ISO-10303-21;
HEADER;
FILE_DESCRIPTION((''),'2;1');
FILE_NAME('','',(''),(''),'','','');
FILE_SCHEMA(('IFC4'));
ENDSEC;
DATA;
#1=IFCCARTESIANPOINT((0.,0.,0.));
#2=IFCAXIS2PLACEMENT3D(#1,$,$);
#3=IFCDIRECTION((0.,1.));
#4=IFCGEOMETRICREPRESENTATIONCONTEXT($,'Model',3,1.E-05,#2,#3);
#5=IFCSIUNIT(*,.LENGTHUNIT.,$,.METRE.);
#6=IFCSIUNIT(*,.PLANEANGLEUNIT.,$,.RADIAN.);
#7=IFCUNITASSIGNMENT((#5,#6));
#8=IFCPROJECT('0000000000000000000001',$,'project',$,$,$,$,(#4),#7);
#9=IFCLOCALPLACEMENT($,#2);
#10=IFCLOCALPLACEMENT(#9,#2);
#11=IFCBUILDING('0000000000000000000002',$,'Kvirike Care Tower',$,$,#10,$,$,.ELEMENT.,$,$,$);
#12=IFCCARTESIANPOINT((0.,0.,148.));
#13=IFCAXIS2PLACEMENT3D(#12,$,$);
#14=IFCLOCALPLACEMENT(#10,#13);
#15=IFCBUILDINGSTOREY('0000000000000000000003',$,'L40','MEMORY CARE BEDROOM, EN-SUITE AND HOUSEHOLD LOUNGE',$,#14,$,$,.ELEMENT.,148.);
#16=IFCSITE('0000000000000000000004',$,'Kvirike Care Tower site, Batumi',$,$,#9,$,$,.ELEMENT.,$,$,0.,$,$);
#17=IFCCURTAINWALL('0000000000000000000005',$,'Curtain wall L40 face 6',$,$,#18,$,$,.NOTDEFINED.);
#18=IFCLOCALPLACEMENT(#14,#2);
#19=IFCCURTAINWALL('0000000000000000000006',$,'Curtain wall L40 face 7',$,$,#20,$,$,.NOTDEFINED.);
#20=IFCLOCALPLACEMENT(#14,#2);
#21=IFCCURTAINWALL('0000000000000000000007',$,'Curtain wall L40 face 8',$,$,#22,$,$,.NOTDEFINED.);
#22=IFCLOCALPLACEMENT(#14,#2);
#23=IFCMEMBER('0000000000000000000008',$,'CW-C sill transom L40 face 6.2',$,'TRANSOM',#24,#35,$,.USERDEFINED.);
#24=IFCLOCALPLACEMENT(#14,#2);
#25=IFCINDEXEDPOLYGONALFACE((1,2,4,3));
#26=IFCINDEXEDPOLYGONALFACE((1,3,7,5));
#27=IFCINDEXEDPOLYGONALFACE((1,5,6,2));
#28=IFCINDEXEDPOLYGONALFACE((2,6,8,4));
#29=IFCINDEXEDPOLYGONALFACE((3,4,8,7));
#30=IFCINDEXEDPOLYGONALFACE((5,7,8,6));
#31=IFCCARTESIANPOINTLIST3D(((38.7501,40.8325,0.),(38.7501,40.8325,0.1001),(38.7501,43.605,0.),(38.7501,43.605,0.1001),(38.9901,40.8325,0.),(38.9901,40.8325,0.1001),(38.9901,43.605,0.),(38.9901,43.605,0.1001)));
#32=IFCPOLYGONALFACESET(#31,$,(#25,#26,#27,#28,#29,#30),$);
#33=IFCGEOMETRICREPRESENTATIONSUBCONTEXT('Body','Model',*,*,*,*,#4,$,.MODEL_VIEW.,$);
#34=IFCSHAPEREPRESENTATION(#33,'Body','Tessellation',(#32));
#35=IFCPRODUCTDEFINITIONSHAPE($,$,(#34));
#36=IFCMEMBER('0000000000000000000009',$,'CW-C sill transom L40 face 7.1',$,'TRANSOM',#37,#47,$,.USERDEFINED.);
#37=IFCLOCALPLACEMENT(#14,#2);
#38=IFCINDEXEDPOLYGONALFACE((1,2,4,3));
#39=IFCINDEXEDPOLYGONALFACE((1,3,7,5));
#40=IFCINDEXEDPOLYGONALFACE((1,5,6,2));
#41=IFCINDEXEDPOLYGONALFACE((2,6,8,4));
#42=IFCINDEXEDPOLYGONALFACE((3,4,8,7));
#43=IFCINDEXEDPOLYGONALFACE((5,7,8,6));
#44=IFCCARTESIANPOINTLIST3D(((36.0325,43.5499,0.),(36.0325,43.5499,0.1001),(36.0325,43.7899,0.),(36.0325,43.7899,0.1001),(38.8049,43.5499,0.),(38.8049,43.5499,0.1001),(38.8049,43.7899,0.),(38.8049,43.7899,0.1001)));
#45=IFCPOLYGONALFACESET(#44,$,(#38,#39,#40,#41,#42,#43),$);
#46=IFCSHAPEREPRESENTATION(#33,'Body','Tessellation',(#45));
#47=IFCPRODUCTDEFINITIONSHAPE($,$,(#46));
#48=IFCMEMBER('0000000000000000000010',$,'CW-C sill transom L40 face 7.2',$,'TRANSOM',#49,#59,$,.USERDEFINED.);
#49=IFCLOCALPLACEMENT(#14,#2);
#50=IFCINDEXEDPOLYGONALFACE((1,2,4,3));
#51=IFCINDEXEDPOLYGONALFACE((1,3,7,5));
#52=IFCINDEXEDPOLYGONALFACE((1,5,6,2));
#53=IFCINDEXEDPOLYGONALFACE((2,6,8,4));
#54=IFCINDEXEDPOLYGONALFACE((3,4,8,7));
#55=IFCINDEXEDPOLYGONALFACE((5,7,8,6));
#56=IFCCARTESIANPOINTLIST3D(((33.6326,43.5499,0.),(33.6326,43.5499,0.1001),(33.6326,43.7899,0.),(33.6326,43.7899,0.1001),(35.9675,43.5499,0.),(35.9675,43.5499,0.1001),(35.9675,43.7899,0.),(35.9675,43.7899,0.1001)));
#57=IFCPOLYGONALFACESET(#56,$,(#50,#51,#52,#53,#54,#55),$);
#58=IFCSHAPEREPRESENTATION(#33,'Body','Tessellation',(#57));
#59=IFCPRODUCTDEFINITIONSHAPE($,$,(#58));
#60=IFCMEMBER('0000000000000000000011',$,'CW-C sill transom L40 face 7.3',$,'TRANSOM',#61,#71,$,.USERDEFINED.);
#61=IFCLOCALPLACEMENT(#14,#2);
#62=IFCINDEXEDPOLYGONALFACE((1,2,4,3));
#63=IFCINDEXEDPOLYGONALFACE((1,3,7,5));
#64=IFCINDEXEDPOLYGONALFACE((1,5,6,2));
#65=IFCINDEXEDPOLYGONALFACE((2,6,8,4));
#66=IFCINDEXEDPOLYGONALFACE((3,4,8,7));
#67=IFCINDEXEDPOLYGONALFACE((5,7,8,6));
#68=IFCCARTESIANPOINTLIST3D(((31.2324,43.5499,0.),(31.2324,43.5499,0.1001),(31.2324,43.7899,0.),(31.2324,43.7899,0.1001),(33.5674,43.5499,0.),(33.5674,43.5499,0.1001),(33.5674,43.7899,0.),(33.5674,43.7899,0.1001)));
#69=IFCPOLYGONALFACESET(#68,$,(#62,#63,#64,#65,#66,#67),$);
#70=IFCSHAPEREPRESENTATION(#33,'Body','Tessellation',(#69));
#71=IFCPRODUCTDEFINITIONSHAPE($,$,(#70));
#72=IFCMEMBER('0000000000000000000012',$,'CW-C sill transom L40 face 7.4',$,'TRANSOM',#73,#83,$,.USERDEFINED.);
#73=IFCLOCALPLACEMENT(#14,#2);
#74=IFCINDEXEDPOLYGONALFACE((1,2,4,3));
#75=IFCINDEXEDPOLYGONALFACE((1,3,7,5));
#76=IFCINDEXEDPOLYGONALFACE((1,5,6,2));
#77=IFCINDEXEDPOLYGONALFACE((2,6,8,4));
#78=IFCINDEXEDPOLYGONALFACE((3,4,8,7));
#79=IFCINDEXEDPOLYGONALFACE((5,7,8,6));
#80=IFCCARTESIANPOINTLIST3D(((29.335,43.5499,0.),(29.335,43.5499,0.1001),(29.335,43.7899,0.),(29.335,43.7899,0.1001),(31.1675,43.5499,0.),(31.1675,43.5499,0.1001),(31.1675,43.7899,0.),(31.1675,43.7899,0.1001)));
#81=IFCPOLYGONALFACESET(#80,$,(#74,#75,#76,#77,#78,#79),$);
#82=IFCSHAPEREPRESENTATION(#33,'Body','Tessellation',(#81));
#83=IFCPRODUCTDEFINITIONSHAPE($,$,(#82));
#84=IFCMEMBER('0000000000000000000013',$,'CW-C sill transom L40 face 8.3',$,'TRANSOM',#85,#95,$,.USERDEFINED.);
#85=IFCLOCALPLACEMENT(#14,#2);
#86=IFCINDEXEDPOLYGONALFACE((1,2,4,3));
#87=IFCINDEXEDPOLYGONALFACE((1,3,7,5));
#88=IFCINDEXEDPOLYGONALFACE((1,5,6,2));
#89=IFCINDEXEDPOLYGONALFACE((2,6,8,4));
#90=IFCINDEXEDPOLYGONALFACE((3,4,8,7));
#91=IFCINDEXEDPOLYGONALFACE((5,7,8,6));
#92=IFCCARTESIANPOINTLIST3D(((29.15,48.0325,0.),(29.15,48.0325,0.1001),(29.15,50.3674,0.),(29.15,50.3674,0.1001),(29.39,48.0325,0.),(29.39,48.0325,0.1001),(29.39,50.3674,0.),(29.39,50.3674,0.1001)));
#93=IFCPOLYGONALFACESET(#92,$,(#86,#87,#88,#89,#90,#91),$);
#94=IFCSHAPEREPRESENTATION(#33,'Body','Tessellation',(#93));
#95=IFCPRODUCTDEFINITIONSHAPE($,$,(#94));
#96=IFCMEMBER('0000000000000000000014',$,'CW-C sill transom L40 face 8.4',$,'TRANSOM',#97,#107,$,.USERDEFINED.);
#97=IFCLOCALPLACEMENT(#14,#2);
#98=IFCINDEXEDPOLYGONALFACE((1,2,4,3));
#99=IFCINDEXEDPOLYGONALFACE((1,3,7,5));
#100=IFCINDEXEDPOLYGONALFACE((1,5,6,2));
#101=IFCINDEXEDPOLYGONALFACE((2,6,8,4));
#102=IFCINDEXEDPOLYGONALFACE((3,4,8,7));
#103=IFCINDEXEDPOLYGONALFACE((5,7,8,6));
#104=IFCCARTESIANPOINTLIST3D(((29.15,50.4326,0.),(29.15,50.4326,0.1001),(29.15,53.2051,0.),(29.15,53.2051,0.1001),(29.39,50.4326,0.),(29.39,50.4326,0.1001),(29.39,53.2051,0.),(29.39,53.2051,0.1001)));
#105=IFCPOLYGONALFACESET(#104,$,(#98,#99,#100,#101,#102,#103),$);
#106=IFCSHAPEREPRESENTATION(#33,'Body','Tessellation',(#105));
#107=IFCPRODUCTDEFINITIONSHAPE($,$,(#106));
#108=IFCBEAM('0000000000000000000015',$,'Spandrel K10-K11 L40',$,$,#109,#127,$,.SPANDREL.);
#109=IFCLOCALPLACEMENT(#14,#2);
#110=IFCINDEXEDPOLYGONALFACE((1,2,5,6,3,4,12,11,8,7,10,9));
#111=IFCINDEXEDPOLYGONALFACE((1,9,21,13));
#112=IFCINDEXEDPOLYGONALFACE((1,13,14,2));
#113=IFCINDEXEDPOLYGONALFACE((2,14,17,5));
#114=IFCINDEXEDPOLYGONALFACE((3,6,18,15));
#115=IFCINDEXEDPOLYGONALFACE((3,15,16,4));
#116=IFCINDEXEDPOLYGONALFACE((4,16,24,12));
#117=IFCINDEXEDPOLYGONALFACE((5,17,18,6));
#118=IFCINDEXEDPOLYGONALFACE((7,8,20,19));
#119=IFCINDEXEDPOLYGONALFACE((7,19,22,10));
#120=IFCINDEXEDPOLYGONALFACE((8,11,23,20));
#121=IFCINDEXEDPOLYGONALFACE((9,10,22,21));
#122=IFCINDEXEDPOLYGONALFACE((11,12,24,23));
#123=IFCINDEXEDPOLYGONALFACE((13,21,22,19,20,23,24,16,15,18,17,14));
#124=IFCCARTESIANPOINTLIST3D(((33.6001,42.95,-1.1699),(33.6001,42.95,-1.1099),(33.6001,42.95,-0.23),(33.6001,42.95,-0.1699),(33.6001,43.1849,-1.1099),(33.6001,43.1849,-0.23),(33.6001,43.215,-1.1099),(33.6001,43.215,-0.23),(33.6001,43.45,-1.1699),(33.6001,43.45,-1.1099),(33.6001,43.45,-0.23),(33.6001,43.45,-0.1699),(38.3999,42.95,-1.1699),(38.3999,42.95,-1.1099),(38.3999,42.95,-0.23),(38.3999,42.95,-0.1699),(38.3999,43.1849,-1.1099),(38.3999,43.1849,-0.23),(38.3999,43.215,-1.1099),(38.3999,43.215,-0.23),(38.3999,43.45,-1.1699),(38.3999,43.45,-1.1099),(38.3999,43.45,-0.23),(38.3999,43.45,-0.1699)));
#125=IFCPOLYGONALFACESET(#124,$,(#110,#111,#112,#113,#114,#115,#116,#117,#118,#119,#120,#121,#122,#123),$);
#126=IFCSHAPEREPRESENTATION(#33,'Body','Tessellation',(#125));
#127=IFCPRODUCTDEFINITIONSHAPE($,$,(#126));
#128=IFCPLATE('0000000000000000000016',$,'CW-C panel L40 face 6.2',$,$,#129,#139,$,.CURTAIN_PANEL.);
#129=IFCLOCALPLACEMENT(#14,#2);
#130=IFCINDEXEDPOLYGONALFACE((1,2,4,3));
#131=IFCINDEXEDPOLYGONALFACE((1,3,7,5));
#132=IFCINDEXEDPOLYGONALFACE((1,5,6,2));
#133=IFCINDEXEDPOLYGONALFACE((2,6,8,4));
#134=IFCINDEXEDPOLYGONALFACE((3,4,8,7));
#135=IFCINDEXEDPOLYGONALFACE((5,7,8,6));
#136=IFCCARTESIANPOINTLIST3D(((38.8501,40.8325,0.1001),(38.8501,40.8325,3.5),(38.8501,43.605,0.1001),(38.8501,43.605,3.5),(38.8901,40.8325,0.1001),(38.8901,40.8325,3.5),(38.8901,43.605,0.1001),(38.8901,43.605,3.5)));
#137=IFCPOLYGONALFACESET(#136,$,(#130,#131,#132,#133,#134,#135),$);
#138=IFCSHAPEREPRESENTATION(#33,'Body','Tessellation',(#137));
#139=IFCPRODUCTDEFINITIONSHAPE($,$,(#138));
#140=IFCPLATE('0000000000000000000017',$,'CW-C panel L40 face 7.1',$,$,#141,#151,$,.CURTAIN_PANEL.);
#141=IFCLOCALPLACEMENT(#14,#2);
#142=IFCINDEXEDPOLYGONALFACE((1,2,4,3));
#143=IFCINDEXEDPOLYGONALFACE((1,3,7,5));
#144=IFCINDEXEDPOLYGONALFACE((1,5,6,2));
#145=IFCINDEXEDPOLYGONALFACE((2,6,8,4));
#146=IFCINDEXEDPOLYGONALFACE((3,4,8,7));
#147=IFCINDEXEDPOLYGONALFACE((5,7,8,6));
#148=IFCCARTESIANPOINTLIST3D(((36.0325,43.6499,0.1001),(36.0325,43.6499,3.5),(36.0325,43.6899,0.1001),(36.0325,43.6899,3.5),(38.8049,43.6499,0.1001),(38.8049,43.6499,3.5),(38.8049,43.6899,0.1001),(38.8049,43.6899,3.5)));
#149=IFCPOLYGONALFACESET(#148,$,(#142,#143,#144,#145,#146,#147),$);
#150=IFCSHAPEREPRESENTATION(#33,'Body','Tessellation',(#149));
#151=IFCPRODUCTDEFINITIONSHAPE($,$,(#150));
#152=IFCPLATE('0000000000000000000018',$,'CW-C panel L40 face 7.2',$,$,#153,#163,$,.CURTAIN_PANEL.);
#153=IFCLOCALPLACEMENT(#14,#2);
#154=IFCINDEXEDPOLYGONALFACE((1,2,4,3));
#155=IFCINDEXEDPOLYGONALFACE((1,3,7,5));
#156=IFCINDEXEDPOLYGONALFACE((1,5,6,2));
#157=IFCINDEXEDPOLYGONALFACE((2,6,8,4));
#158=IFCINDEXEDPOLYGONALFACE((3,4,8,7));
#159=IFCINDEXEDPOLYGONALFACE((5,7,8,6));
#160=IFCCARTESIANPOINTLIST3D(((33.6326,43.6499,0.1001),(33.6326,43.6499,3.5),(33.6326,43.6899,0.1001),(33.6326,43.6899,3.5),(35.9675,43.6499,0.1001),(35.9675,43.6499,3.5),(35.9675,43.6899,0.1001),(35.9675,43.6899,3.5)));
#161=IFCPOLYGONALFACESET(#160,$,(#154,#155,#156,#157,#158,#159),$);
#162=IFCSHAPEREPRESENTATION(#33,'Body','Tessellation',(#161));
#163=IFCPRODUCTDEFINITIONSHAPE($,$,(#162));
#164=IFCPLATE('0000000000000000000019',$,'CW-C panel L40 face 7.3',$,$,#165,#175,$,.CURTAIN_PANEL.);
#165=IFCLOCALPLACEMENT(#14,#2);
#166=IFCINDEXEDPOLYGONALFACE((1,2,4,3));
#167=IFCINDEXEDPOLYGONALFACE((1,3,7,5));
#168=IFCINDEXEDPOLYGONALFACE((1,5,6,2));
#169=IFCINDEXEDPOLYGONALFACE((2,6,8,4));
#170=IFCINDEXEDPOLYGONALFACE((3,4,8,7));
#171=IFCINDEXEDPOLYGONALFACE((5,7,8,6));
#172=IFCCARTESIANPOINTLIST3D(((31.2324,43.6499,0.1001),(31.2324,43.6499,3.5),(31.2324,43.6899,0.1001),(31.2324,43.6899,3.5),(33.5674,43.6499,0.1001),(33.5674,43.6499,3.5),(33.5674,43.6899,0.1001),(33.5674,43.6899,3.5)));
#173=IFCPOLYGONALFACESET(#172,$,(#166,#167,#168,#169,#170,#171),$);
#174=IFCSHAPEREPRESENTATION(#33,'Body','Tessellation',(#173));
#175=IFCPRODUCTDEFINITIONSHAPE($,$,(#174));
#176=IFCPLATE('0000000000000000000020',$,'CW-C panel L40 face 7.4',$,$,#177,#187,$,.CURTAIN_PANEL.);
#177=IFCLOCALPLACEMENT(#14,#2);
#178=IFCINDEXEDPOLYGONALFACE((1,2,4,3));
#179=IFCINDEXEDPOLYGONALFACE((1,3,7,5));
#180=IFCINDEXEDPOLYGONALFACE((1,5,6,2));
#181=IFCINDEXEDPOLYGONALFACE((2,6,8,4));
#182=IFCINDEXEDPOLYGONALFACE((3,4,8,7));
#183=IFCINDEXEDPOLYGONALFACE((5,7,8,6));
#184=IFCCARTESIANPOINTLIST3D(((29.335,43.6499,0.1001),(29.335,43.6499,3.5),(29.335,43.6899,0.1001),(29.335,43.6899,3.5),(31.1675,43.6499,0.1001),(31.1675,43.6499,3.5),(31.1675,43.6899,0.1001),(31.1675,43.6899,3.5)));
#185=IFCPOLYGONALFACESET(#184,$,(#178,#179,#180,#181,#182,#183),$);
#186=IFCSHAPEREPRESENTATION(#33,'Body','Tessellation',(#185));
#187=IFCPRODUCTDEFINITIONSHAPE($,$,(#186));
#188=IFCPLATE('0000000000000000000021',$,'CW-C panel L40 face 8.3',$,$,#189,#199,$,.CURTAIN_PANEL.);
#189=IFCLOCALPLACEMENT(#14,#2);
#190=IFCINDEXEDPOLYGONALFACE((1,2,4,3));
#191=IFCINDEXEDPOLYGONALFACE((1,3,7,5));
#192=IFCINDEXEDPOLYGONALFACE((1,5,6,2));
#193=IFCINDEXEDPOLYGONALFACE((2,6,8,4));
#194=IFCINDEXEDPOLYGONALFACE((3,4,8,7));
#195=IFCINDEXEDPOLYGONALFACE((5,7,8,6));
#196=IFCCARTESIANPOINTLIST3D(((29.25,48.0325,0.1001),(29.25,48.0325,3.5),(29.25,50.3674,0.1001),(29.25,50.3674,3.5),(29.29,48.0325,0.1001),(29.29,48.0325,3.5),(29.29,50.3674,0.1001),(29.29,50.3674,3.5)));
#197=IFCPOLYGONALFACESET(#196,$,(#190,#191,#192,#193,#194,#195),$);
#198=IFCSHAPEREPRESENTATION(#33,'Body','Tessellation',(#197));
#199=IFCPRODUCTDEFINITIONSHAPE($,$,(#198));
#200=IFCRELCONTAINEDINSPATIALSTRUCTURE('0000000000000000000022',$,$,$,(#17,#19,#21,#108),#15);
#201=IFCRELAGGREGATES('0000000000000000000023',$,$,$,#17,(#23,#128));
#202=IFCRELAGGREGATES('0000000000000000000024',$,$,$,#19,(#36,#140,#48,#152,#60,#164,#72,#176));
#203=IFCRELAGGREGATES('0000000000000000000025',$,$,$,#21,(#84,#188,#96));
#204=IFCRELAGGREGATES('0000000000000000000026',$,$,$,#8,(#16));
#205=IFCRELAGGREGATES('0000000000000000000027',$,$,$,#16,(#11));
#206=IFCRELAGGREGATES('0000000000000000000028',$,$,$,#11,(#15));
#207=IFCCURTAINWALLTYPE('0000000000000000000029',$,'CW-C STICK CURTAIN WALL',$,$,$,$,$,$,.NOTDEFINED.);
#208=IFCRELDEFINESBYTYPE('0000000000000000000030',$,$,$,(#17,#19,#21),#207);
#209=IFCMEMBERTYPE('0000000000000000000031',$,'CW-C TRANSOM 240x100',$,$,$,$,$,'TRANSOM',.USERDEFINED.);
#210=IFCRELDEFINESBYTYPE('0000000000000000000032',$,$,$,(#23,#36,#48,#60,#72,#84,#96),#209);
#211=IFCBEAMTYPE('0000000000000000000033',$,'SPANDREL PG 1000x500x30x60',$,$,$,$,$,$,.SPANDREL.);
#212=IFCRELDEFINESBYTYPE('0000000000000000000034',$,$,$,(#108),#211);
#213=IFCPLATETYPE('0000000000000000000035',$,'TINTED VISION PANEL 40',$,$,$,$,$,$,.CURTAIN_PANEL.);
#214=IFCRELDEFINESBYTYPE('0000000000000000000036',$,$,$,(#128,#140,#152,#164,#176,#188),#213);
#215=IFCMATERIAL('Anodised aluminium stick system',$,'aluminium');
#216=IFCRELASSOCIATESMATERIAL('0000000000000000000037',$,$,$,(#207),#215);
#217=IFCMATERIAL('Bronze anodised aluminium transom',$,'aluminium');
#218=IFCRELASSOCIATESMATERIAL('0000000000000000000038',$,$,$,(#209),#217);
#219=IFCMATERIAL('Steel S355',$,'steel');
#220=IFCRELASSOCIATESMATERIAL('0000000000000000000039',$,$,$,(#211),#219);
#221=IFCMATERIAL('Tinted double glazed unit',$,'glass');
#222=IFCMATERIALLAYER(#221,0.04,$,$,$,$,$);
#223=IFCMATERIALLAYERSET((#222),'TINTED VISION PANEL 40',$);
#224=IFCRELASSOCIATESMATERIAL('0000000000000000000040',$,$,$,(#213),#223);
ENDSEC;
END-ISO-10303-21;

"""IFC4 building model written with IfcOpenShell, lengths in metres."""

from ifc_helpers import new_model, si_unit, direction, frame, origin, origin_2d, place, context, subcontext, project, spatial, rectangle, i_section, extrude, material, layer, layer_set, material_profile, profile_set, type_object, element, aggregate, save


model = new_model("IFC4")

# Units and contexts
model_context = context("Model", 3, precision=1e-05, world=origin(), true_north=direction((0.0, 1.0)))
body_context = subcontext(model_context, "Body", "Model", "MODEL_VIEW")
ifc_project = project(units=[si_unit("LENGTHUNIT", "METRE"), si_unit("PLANEANGLEUNIT", "RADIAN")], contexts=[model_context])

# Site, building, storey
site_placement = place(None, origin())
site = spatial("IfcSite", under=ifc_project, at=site_placement, Name="Kvirike Care Tower site, Batumi", CompositionType="ELEMENT", RefElevation=0.0)
building_placement = place(site_placement, origin())
building = spatial("IfcBuilding", under=site, at=building_placement, Name="Kvirike Care Tower", CompositionType="ELEMENT")
storey_placement = place(building_placement, frame((0.0, 0.0, 148.0)))
storey = spatial("IfcBuildingStorey", under=building, at=storey_placement, Name="L40", Description="MEMORY CARE BEDROOM, EN-SUITE AND HOUSEHOLD LOUNGE", CompositionType="ELEMENT", Elevation=148.0)

# Curtain walls
ifc_material_1 = material(Name="Anodised aluminium stick system", Category="aluminium")
curtain_wall_type = type_object("IfcCurtainWallType", Name="CW-C STICK CURTAIN WALL", PredefinedType="NOTDEFINED", material=ifc_material_1)
curtain_wall_1_placement = place(storey_placement, origin())
curtain_wall_1 = element("IfcCurtainWall", 1, at=curtain_wall_1_placement, inside=storey, type_object=curtain_wall_type, Name="Curtain wall L40 face 6", PredefinedType="NOTDEFINED")
curtain_wall_2_placement = place(storey_placement, origin())
curtain_wall_2 = element("IfcCurtainWall", 2, at=curtain_wall_2_placement, inside=storey, type_object=curtain_wall_type, Name="Curtain wall L40 face 7", PredefinedType="NOTDEFINED")
curtain_wall_3_placement = place(storey_placement, origin())
curtain_wall_3 = element("IfcCurtainWall", 3, at=curtain_wall_3_placement, inside=storey, type_object=curtain_wall_type, Name="Curtain wall L40 face 8", PredefinedType="NOTDEFINED")

# Members
ifc_material_2 = material(Name="Bronze anodised aluminium transom", Category="aluminium")
ifc_material_profile_1 = material_profile(ifc_material_2, rectangle(XDim=0.24, YDim=0.1001, at=origin_2d()), Name="CW-C TRANSOM 240x100")
ifc_profile_set_1 = profile_set([ifc_material_profile_1], Name="Bronze anodised aluminium transom")
member_type_1 = type_object("IfcMemberType", Name="CW-C TRANSOM 240x100", ElementType="TRANSOM", PredefinedType="USERDEFINED", material=ifc_profile_set_1)
member_1_placement = place(storey_placement, frame((38.8701, 40.8325, 0.05), z_axis=(0.0, 1.0, 0.0), x_axis=(-1.0, 0.0, 0.0)))
member_1 = element("IfcMember", 4, at=member_1_placement, type_object=member_type_1, Name="CW-C sill transom L40 face 6.2", ObjectType="TRANSOM", PredefinedType="USERDEFINED", context=body_context, shape_type="SweptSolid", body=[
    extrude(rectangle(XDim=0.24, YDim=0.1001, at=origin_2d()), origin(), (0.0, 0.0, 1.0), 2.7725),
])
member_2_placement = place(storey_placement, frame((38.8049, 43.6699, 0.05), z_axis=(-1.0, 0.0, 0.0), x_axis=(0.0, -1.0, 0.0)))
member_2 = element("IfcMember", 5, at=member_2_placement, type_object=member_type_1, Name="CW-C sill transom L40 face 7.1", ObjectType="TRANSOM", PredefinedType="USERDEFINED", context=body_context, shape_type="SweptSolid", body=[
    extrude(rectangle(XDim=0.24, YDim=0.1001, at=origin_2d()), origin(), (0.0, 0.0, 1.0), 2.7725),
])
member_3_placement = place(storey_placement, frame((35.9675, 43.6699, 0.05), z_axis=(-1.0, 0.0, 0.0), x_axis=(0.0, -1.0, 0.0)))
member_3 = element("IfcMember", 6, at=member_3_placement, type_object=member_type_1, Name="CW-C sill transom L40 face 7.2", ObjectType="TRANSOM", PredefinedType="USERDEFINED", context=body_context, shape_type="SweptSolid", body=[
    extrude(rectangle(XDim=0.24, YDim=0.1001, at=origin_2d()), origin(), (0.0, 0.0, 1.0), 2.335),
])
member_4_placement = place(storey_placement, frame((33.5674, 43.6699, 0.05), z_axis=(-1.0, 0.0, 0.0), x_axis=(0.0, -1.0, 0.0)))
member_4 = element("IfcMember", 7, at=member_4_placement, type_object=member_type_1, Name="CW-C sill transom L40 face 7.3", ObjectType="TRANSOM", PredefinedType="USERDEFINED", context=body_context, shape_type="SweptSolid", body=[
    extrude(rectangle(XDim=0.24, YDim=0.1001, at=origin_2d()), origin(), (0.0, 0.0, 1.0), 2.335),
])
member_5_placement = place(storey_placement, frame((31.1675, 43.6699, 0.05), z_axis=(-1.0, 0.0, 0.0), x_axis=(0.0, -1.0, 0.0)))
member_5 = element("IfcMember", 8, at=member_5_placement, type_object=member_type_1, Name="CW-C sill transom L40 face 7.4", ObjectType="TRANSOM", PredefinedType="USERDEFINED", context=body_context, shape_type="SweptSolid", body=[
    extrude(rectangle(XDim=0.24, YDim=0.1001, at=origin_2d()), origin(), (0.0, 0.0, 1.0), 1.8325),
])
member_6_placement = place(storey_placement, frame((29.27, 48.0325, 0.05), z_axis=(0.0, 1.0, 0.0), x_axis=(-1.0, 0.0, 0.0)))
member_6 = element("IfcMember", 9, at=member_6_placement, type_object=member_type_1, Name="CW-C sill transom L40 face 8.3", ObjectType="TRANSOM", PredefinedType="USERDEFINED", context=body_context, shape_type="SweptSolid", body=[
    extrude(rectangle(XDim=0.24, YDim=0.1001, at=origin_2d()), origin(), (0.0, 0.0, 1.0), 2.335),
])
member_7_placement = place(storey_placement, frame((29.27, 50.4326, 0.05), z_axis=(0.0, 1.0, 0.0), x_axis=(-1.0, 0.0, 0.0)))
member_7 = element("IfcMember", 10, at=member_7_placement, type_object=member_type_1, Name="CW-C sill transom L40 face 8.4", ObjectType="TRANSOM", PredefinedType="USERDEFINED", context=body_context, shape_type="SweptSolid", body=[
    extrude(rectangle(XDim=0.24, YDim=0.1001, at=origin_2d()), origin(), (0.0, 0.0, 1.0), 2.7725),
])

# Beam
ifc_material_3 = material(Name="Steel S355", Category="steel")
ifc_material_profile_2 = material_profile(ifc_material_3, i_section(OverallWidth=0.5, OverallDepth=1.0, WebThickness=0.03, FlangeThickness=0.0601, at=origin_2d()), Name="PG 1000x500x30x60")
ifc_profile_set_2 = profile_set([ifc_material_profile_2], Name="Steel S355")
beam_type = type_object("IfcBeamType", Name="SPANDREL PG 1000x500x30x60", PredefinedType="SPANDREL", material=ifc_profile_set_2)
beam_placement = place(storey_placement, frame((33.6001, 43.2, -0.6699), z_axis=(1.0, 0.0, 0.0), x_axis=(0.0, 1.0, 0.0)))
element("IfcBeam", 11, at=beam_placement, inside=storey, type_object=beam_type, Name="Spandrel K10-K11 L40", PredefinedType="SPANDREL", context=body_context, shape_type="SweptSolid", body=[
    extrude(i_section(OverallWidth=0.5, OverallDepth=1.0, WebThickness=0.03, FlangeThickness=0.0601, at=origin_2d()), origin(), (0.0, 0.0, 1.0), 4.7998),
])

# Plates
ifc_material_4 = material(Name="Tinted double glazed unit", Category="glass")
ifc_layer_1 = layer(ifc_material_4, 0.04)
ifc_layer_set_1 = layer_set([ifc_layer_1], Name="TINTED VISION PANEL 40")
plate_type = type_object("IfcPlateType", Name="TINTED VISION PANEL 40", PredefinedType="CURTAIN_PANEL", material=ifc_layer_set_1)
plate_1_placement = place(storey_placement, frame((38.8701, 42.2188, 0.1001), z_axis=(0.0, 0.0, 1.0), x_axis=(0.0, 1.0, 0.0)))
plate_1 = element("IfcPlate", 12, at=plate_1_placement, type_object=plate_type, Name="CW-C panel L40 face 6.2", PredefinedType="CURTAIN_PANEL", context=body_context, shape_type="SweptSolid", body=[
    extrude(rectangle(XDim=2.7725, YDim=0.04, at=origin_2d()), origin(), (0.0, 0.0, 1.0), 3.3999),
])
aggregate(curtain_wall_1, [member_1, plate_1])
plate_2_placement = place(storey_placement, frame((37.4187, 43.6699, 0.1001), z_axis=(0.0, 0.0, 1.0), x_axis=(-1.0, 0.0, 0.0)))
plate_2 = element("IfcPlate", 13, at=plate_2_placement, type_object=plate_type, Name="CW-C panel L40 face 7.1", PredefinedType="CURTAIN_PANEL", context=body_context, shape_type="SweptSolid", body=[
    extrude(rectangle(XDim=2.7725, YDim=0.04, at=origin_2d()), origin(), (0.0, 0.0, 1.0), 3.3999),
])
plate_3_placement = place(storey_placement, frame((34.8, 43.6699, 0.1001), z_axis=(0.0, 0.0, 1.0), x_axis=(-1.0, 0.0, 0.0)))
plate_3 = element("IfcPlate", 14, at=plate_3_placement, type_object=plate_type, Name="CW-C panel L40 face 7.2", PredefinedType="CURTAIN_PANEL", context=body_context, shape_type="SweptSolid", body=[
    extrude(rectangle(XDim=2.335, YDim=0.04, at=origin_2d()), origin(), (0.0, 0.0, 1.0), 3.3999),
])
plate_4_placement = place(storey_placement, frame((32.3999, 43.6699, 0.1001), z_axis=(0.0, 0.0, 1.0), x_axis=(-1.0, 0.0, 0.0)))
plate_4 = element("IfcPlate", 15, at=plate_4_placement, type_object=plate_type, Name="CW-C panel L40 face 7.3", PredefinedType="CURTAIN_PANEL", context=body_context, shape_type="SweptSolid", body=[
    extrude(rectangle(XDim=2.335, YDim=0.04, at=origin_2d()), origin(), (0.0, 0.0, 1.0), 3.3999),
])
plate_5_placement = place(storey_placement, frame((30.2512, 43.6699, 0.1001), z_axis=(0.0, 0.0, 1.0), x_axis=(-1.0, 0.0, 0.0)))
plate_5 = element("IfcPlate", 16, at=plate_5_placement, type_object=plate_type, Name="CW-C panel L40 face 7.4", PredefinedType="CURTAIN_PANEL", context=body_context, shape_type="SweptSolid", body=[
    extrude(rectangle(XDim=1.8325, YDim=0.04, at=origin_2d()), origin(), (0.0, 0.0, 1.0), 3.3999),
])
aggregate(curtain_wall_2, [member_2, plate_2, member_3, plate_3, member_4, plate_4, member_5, plate_5])
plate_6_placement = place(storey_placement, frame((29.27, 49.2, 0.1001), z_axis=(0.0, 0.0, 1.0), x_axis=(0.0, 1.0, 0.0)))
plate_6 = element("IfcPlate", 17, at=plate_6_placement, type_object=plate_type, Name="CW-C panel L40 face 8.3", PredefinedType="CURTAIN_PANEL", context=body_context, shape_type="SweptSolid", body=[
    extrude(rectangle(XDim=2.335, YDim=0.04, at=origin_2d()), origin(), (0.0, 0.0, 1.0), 3.3999),
])
aggregate(curtain_wall_3, [member_6, plate_6, member_7])

save(model, "model.ifc")
